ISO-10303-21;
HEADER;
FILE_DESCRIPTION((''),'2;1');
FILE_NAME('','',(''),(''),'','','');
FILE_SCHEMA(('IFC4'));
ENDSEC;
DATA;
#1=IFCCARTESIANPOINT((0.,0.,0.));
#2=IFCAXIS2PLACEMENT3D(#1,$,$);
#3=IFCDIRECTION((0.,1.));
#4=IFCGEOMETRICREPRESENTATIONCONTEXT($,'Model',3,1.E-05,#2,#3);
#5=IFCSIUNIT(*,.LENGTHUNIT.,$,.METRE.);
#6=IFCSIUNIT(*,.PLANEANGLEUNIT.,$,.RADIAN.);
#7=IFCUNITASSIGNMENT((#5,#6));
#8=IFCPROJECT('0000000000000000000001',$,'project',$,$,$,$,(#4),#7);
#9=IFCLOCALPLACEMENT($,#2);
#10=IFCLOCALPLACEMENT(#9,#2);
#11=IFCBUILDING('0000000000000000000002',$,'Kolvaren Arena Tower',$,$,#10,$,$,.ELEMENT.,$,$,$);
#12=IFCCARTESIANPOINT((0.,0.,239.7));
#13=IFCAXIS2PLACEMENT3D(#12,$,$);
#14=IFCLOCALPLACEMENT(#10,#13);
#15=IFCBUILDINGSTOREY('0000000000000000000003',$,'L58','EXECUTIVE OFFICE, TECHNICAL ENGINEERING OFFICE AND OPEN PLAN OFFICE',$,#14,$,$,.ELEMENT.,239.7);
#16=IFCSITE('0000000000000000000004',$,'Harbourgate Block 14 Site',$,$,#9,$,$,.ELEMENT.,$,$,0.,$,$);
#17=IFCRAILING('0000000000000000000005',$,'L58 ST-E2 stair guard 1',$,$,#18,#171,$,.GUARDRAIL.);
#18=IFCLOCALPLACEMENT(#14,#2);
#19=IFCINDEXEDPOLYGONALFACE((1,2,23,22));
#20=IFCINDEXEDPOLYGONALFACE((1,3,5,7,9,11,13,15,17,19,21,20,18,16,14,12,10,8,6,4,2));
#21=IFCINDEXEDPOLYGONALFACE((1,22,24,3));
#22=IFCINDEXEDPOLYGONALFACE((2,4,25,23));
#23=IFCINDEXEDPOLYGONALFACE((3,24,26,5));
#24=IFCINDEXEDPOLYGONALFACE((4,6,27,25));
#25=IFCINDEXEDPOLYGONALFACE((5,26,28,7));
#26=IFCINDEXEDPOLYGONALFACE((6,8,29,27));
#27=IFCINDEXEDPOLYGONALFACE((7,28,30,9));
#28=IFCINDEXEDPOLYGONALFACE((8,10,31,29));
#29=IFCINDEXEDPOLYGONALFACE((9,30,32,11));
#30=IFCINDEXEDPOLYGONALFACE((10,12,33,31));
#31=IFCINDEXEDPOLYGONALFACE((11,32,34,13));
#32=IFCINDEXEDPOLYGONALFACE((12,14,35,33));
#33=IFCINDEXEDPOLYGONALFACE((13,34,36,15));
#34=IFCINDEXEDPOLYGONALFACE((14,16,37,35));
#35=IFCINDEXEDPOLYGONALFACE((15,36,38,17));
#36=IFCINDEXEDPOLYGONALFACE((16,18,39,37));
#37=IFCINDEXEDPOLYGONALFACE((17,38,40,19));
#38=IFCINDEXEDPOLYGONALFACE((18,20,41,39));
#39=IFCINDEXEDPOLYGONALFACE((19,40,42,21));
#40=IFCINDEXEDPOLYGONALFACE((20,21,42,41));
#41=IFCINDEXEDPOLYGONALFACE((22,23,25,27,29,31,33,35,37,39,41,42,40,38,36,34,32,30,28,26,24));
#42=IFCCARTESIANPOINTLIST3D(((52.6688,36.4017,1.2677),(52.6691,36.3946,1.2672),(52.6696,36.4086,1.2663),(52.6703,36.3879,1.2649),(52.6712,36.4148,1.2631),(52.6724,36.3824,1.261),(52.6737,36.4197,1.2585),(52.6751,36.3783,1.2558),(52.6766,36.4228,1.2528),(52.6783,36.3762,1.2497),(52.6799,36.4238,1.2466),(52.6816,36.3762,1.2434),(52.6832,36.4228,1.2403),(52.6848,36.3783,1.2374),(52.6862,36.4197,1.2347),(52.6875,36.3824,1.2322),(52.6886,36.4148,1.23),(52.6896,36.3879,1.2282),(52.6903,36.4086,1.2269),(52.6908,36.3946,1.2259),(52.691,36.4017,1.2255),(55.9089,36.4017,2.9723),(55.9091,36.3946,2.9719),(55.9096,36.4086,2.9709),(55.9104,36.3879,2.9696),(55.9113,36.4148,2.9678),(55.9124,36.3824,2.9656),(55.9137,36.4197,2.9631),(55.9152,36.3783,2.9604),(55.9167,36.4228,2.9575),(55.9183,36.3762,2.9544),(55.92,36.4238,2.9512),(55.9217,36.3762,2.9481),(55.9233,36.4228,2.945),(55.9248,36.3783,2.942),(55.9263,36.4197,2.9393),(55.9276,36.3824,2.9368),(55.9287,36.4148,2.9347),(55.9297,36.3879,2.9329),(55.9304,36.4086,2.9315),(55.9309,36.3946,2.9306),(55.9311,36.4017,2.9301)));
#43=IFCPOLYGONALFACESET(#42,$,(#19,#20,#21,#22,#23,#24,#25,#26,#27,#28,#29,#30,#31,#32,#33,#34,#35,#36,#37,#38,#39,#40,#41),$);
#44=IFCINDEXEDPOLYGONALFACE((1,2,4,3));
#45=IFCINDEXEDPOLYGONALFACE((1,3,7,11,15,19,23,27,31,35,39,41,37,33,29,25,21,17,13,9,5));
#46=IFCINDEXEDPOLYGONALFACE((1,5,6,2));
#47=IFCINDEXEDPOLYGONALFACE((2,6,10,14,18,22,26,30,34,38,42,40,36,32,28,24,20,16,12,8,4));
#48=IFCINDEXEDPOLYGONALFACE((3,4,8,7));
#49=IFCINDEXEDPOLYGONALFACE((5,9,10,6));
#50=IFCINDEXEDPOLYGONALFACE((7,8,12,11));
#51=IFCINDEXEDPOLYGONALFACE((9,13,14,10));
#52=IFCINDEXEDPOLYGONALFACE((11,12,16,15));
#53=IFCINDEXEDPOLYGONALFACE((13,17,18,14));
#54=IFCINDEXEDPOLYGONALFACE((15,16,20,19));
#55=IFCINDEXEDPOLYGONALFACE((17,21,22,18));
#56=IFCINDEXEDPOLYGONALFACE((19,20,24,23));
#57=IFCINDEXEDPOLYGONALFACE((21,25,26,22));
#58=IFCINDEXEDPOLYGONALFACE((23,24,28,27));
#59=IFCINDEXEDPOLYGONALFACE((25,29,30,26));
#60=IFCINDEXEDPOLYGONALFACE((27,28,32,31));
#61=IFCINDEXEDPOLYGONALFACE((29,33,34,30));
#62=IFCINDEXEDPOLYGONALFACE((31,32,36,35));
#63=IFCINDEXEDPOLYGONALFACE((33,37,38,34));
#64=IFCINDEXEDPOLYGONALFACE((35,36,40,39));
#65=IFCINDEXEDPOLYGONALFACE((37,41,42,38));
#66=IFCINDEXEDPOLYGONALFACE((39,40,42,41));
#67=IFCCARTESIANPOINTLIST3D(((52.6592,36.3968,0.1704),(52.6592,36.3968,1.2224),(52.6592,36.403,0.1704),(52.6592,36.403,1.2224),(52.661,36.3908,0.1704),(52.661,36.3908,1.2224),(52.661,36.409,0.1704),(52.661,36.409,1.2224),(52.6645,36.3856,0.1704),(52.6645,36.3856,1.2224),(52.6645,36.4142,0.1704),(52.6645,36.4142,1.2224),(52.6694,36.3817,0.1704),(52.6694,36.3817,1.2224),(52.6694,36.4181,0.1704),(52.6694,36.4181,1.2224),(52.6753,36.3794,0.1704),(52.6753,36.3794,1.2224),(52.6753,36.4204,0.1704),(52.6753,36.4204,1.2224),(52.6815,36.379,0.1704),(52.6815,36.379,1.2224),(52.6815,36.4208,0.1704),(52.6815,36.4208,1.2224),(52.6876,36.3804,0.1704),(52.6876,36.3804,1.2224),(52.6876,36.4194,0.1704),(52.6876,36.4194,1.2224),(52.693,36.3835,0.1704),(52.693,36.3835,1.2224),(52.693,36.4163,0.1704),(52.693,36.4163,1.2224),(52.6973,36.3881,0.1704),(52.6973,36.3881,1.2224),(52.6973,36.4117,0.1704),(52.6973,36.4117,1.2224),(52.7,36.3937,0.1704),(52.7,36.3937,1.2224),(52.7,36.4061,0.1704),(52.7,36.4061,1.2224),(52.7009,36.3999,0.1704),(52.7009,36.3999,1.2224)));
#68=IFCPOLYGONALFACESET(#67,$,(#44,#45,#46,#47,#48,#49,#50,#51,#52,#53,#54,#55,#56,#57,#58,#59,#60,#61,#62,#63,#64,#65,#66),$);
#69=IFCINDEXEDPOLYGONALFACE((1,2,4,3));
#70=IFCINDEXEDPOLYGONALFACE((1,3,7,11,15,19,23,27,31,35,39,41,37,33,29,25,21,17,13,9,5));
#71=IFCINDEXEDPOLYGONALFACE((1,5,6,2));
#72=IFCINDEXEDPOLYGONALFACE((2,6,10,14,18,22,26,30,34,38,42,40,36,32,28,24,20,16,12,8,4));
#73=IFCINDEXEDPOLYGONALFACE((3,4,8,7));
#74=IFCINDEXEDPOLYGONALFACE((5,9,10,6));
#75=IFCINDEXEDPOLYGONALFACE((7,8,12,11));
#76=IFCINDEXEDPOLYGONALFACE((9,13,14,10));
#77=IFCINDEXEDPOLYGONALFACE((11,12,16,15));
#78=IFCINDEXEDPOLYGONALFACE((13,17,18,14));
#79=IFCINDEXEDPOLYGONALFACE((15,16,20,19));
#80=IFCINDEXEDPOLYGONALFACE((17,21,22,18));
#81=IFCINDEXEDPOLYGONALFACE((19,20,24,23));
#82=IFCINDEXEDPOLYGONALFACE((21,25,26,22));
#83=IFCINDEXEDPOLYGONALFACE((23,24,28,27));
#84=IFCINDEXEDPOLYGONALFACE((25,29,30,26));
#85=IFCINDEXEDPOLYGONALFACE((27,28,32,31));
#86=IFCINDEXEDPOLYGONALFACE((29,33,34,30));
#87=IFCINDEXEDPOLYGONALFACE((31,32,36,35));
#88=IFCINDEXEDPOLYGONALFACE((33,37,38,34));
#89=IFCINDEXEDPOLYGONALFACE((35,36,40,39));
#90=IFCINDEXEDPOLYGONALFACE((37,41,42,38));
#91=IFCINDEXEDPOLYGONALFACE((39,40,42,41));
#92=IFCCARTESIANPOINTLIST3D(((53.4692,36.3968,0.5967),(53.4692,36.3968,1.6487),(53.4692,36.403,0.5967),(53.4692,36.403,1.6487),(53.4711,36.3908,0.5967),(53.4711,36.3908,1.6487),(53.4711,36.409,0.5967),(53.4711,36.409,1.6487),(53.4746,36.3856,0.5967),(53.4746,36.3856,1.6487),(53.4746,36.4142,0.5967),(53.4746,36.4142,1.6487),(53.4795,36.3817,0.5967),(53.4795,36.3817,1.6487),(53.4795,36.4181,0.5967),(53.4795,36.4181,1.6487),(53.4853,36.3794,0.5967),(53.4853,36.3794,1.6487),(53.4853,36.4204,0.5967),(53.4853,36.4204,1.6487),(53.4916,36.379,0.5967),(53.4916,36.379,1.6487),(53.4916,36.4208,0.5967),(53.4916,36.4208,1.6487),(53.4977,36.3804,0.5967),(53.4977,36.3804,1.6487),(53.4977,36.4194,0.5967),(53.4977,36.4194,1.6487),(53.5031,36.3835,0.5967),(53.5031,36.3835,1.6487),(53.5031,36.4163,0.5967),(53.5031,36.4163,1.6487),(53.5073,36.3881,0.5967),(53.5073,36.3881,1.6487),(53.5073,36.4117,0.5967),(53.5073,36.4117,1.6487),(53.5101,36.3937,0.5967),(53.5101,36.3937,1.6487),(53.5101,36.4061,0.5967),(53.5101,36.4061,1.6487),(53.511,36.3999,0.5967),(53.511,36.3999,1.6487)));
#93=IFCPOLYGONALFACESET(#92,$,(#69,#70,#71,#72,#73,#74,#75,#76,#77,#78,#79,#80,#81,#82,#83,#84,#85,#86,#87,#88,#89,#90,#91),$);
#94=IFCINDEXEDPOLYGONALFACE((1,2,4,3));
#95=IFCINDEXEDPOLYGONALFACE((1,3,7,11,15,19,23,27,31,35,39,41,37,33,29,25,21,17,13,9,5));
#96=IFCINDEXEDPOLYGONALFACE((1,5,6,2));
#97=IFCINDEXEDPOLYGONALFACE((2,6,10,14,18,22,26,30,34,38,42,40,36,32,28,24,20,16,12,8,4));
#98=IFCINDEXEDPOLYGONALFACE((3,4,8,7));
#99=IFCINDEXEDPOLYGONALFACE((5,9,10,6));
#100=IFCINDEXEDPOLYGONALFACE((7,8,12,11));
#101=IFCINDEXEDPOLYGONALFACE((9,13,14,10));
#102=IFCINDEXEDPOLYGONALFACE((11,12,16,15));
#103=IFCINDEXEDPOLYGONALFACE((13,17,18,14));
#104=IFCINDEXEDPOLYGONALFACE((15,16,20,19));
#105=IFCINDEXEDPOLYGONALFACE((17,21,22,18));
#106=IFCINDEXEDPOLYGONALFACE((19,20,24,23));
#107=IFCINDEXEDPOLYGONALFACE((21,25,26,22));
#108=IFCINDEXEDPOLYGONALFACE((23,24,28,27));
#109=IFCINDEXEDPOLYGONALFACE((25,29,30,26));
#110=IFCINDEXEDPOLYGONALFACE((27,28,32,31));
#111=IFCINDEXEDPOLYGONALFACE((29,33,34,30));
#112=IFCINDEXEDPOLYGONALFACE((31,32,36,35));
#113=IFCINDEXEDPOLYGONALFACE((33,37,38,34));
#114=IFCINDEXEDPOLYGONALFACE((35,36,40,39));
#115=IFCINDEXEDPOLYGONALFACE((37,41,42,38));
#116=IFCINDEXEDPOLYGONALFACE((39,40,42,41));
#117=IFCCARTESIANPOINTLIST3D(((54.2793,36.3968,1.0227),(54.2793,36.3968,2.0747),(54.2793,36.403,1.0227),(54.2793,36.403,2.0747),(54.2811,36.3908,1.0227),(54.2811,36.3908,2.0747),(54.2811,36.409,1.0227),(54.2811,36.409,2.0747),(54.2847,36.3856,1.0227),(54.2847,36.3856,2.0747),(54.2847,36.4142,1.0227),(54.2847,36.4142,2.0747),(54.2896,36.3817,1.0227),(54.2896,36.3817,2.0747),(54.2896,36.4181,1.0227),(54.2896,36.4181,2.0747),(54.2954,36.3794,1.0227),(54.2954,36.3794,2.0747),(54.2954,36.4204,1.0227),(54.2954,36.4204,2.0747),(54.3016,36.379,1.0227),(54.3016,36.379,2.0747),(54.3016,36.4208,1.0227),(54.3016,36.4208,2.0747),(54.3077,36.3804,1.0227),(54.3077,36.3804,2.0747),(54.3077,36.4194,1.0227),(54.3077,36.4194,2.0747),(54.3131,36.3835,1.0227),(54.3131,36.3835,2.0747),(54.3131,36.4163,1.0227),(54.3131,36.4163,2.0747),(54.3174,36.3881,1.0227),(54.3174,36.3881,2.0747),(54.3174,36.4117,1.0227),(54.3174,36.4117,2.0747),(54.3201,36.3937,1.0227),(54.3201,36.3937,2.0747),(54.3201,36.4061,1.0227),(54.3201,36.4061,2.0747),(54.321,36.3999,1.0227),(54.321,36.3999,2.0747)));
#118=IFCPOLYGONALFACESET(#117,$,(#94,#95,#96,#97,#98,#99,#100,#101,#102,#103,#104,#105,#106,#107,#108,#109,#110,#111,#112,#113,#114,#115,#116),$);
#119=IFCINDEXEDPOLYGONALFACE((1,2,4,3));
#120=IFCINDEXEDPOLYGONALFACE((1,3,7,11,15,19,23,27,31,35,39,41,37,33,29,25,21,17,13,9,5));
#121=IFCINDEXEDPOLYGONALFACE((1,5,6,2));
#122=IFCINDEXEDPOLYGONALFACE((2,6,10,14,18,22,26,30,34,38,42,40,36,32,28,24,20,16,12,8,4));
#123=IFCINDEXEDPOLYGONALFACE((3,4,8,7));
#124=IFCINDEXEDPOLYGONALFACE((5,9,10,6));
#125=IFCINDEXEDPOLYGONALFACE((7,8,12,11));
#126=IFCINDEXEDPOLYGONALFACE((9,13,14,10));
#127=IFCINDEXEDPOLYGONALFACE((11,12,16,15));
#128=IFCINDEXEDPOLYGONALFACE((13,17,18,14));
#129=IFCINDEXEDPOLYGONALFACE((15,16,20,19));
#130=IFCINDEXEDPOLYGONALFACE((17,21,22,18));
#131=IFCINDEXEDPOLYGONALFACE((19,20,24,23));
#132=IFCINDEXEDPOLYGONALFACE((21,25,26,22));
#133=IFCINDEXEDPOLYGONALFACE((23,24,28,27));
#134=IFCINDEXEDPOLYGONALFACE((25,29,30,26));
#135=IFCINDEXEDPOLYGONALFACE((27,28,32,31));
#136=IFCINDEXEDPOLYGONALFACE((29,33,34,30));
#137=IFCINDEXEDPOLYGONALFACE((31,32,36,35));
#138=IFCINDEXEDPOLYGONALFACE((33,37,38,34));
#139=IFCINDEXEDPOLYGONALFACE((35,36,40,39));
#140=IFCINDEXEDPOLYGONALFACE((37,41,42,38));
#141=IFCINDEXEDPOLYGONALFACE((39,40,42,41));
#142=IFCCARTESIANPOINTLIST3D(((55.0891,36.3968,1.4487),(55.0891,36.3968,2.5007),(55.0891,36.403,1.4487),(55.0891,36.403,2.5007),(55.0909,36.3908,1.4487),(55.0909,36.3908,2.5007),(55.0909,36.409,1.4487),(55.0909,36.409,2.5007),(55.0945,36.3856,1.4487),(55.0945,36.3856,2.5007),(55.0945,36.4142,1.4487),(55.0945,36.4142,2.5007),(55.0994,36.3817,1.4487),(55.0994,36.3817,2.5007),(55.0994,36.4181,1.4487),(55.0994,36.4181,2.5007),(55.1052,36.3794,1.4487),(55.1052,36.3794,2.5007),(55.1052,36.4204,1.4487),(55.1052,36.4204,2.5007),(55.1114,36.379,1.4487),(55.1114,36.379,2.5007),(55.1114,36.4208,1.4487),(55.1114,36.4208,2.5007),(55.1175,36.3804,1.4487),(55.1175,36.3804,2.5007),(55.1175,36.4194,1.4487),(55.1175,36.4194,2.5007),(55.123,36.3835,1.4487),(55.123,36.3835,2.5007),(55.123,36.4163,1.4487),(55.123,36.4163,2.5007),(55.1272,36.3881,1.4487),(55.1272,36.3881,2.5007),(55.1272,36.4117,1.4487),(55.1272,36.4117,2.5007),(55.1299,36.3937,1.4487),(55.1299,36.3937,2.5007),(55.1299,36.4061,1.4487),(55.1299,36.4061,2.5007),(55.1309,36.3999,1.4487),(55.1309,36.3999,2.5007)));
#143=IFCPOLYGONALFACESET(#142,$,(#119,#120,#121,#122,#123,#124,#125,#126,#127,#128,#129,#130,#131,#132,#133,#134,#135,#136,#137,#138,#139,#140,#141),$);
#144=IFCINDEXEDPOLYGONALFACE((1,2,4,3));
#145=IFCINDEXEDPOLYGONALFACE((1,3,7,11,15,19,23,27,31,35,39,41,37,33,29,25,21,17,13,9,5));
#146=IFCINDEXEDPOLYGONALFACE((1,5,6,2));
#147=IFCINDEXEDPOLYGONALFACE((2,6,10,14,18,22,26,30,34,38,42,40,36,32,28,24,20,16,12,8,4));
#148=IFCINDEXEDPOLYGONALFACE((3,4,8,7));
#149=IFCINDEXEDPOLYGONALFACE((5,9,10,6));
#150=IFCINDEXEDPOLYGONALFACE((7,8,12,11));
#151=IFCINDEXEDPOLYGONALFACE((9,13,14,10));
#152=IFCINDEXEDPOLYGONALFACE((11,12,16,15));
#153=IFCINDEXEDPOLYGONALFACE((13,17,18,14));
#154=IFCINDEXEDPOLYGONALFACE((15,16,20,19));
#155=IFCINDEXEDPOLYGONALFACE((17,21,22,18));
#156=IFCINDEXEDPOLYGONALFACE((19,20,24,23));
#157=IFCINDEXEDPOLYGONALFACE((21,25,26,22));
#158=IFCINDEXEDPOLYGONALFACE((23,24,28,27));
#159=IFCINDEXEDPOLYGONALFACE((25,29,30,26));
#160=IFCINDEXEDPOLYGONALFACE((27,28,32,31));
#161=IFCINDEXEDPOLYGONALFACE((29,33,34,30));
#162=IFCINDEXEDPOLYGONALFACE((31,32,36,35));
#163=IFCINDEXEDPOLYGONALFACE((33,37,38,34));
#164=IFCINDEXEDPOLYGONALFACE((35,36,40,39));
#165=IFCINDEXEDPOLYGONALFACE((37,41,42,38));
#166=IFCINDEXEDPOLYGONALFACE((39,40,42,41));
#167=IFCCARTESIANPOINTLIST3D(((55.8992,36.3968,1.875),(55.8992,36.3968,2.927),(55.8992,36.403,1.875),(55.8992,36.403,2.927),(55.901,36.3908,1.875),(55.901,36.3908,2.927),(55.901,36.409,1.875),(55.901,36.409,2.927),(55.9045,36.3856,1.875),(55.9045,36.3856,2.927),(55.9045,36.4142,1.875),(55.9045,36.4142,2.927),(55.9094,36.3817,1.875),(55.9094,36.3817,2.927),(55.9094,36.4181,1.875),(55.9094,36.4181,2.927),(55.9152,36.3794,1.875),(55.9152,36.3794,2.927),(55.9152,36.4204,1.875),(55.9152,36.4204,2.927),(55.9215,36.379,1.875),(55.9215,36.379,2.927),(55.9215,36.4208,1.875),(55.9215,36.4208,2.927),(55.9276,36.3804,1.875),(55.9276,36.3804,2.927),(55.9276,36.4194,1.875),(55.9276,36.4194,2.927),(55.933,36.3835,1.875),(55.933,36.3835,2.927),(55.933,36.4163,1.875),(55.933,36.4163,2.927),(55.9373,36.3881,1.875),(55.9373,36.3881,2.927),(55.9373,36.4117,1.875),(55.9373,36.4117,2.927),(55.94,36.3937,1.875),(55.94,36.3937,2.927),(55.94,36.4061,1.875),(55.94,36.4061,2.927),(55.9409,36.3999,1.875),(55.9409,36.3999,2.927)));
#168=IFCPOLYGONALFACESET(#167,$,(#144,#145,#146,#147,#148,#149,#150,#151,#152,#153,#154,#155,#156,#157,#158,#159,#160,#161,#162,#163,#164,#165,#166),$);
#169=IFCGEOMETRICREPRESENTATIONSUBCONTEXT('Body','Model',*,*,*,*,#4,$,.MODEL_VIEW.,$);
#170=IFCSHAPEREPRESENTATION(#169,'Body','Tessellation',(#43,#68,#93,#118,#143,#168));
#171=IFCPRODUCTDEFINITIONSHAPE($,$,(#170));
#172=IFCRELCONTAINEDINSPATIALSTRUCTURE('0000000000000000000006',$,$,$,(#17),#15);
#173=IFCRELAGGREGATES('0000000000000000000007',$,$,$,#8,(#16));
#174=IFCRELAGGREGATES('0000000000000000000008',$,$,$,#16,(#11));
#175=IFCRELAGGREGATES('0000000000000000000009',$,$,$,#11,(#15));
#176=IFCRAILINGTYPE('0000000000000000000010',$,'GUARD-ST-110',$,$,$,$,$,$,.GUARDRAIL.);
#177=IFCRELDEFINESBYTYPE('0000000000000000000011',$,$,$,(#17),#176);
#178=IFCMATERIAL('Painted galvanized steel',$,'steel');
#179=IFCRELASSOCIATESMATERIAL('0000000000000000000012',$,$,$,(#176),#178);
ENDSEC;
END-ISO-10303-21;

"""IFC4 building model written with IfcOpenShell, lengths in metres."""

from ifc_helpers import new_model, si_unit, direction, frame, origin, origin_2d, place, context, subcontext, project, spatial, circle, extrude, material, type_object, element, save


model = new_model("IFC4")

# Units and contexts
model_context = context("Model", 3, precision=1e-05, world=origin(), true_north=direction((0.0, 1.0)))
body_context = subcontext(model_context, "Body", "Model", "MODEL_VIEW")
ifc_project = project(units=[si_unit("LENGTHUNIT", "METRE"), si_unit("PLANEANGLEUNIT", "RADIAN")], contexts=[model_context])

# Site, building, storey
site_placement = place(None, origin())
site = spatial("IfcSite", under=ifc_project, at=site_placement, Name="Harbourgate Block 14 Site", CompositionType="ELEMENT", RefElevation=0.0)
building_placement = place(site_placement, origin())
building = spatial("IfcBuilding", under=site, at=building_placement, Name="Kolvaren Arena Tower", CompositionType="ELEMENT")
storey_placement = place(building_placement, frame((0.0, 0.0, 239.7)))
storey = spatial("IfcBuildingStorey", under=building, at=storey_placement, Name="L58", Description="EXECUTIVE OFFICE, TECHNICAL ENGINEERING OFFICE AND OPEN PLAN OFFICE", CompositionType="ELEMENT", Elevation=239.7)

# Railing
ifc_material_1 = material(Name="Painted galvanized steel", Category="steel")
railing_type = type_object("IfcRailingType", Name="GUARD-ST-110", PredefinedType="GUARDRAIL", material=ifc_material_1)
railing_1_placement = place(storey_placement, frame((52.6799, 36.3999, 0.1704)))
element("IfcRailing", 1, at=railing_1_placement, inside=storey, type_object=railing_type, Name="L58 ST-E2 stair guard 1", PredefinedType="GUARDRAIL", context=body_context, shape_type="SweptSolid", body=[
    extrude(circle(Radius=0.0239, at=origin_2d()), frame((0.0, 0.0, 1.0762), z_axis=(0.884993, 0.0, 0.465604), x_axis=(0.0, 1.0, 0.0)), (0.0, 0.0, 1.0), 3.6611),
    extrude(circle(Radius=0.021, at=origin_2d()), origin(), (0.0, 0.0, 1.0), 1.052),
    extrude(circle(Radius=0.021, at=origin_2d()), frame((0.8101, 0.0, 0.4263)), (0.0, 0.0, 1.0), 1.052),
    extrude(circle(Radius=0.021, at=origin_2d()), frame((1.6201, 0.0, 0.8523)), (0.0, 0.0, 1.0), 1.052),
    extrude(circle(Radius=0.021, at=origin_2d()), frame((2.4299, 0.0, 1.2783)), (0.0, 0.0, 1.0), 1.052),
    extrude(circle(Radius=0.021, at=origin_2d()), frame((3.24, 0.0, 1.7046)), (0.0, 0.0, 1.0), 1.052),
])

save(model, "model.ifc")
